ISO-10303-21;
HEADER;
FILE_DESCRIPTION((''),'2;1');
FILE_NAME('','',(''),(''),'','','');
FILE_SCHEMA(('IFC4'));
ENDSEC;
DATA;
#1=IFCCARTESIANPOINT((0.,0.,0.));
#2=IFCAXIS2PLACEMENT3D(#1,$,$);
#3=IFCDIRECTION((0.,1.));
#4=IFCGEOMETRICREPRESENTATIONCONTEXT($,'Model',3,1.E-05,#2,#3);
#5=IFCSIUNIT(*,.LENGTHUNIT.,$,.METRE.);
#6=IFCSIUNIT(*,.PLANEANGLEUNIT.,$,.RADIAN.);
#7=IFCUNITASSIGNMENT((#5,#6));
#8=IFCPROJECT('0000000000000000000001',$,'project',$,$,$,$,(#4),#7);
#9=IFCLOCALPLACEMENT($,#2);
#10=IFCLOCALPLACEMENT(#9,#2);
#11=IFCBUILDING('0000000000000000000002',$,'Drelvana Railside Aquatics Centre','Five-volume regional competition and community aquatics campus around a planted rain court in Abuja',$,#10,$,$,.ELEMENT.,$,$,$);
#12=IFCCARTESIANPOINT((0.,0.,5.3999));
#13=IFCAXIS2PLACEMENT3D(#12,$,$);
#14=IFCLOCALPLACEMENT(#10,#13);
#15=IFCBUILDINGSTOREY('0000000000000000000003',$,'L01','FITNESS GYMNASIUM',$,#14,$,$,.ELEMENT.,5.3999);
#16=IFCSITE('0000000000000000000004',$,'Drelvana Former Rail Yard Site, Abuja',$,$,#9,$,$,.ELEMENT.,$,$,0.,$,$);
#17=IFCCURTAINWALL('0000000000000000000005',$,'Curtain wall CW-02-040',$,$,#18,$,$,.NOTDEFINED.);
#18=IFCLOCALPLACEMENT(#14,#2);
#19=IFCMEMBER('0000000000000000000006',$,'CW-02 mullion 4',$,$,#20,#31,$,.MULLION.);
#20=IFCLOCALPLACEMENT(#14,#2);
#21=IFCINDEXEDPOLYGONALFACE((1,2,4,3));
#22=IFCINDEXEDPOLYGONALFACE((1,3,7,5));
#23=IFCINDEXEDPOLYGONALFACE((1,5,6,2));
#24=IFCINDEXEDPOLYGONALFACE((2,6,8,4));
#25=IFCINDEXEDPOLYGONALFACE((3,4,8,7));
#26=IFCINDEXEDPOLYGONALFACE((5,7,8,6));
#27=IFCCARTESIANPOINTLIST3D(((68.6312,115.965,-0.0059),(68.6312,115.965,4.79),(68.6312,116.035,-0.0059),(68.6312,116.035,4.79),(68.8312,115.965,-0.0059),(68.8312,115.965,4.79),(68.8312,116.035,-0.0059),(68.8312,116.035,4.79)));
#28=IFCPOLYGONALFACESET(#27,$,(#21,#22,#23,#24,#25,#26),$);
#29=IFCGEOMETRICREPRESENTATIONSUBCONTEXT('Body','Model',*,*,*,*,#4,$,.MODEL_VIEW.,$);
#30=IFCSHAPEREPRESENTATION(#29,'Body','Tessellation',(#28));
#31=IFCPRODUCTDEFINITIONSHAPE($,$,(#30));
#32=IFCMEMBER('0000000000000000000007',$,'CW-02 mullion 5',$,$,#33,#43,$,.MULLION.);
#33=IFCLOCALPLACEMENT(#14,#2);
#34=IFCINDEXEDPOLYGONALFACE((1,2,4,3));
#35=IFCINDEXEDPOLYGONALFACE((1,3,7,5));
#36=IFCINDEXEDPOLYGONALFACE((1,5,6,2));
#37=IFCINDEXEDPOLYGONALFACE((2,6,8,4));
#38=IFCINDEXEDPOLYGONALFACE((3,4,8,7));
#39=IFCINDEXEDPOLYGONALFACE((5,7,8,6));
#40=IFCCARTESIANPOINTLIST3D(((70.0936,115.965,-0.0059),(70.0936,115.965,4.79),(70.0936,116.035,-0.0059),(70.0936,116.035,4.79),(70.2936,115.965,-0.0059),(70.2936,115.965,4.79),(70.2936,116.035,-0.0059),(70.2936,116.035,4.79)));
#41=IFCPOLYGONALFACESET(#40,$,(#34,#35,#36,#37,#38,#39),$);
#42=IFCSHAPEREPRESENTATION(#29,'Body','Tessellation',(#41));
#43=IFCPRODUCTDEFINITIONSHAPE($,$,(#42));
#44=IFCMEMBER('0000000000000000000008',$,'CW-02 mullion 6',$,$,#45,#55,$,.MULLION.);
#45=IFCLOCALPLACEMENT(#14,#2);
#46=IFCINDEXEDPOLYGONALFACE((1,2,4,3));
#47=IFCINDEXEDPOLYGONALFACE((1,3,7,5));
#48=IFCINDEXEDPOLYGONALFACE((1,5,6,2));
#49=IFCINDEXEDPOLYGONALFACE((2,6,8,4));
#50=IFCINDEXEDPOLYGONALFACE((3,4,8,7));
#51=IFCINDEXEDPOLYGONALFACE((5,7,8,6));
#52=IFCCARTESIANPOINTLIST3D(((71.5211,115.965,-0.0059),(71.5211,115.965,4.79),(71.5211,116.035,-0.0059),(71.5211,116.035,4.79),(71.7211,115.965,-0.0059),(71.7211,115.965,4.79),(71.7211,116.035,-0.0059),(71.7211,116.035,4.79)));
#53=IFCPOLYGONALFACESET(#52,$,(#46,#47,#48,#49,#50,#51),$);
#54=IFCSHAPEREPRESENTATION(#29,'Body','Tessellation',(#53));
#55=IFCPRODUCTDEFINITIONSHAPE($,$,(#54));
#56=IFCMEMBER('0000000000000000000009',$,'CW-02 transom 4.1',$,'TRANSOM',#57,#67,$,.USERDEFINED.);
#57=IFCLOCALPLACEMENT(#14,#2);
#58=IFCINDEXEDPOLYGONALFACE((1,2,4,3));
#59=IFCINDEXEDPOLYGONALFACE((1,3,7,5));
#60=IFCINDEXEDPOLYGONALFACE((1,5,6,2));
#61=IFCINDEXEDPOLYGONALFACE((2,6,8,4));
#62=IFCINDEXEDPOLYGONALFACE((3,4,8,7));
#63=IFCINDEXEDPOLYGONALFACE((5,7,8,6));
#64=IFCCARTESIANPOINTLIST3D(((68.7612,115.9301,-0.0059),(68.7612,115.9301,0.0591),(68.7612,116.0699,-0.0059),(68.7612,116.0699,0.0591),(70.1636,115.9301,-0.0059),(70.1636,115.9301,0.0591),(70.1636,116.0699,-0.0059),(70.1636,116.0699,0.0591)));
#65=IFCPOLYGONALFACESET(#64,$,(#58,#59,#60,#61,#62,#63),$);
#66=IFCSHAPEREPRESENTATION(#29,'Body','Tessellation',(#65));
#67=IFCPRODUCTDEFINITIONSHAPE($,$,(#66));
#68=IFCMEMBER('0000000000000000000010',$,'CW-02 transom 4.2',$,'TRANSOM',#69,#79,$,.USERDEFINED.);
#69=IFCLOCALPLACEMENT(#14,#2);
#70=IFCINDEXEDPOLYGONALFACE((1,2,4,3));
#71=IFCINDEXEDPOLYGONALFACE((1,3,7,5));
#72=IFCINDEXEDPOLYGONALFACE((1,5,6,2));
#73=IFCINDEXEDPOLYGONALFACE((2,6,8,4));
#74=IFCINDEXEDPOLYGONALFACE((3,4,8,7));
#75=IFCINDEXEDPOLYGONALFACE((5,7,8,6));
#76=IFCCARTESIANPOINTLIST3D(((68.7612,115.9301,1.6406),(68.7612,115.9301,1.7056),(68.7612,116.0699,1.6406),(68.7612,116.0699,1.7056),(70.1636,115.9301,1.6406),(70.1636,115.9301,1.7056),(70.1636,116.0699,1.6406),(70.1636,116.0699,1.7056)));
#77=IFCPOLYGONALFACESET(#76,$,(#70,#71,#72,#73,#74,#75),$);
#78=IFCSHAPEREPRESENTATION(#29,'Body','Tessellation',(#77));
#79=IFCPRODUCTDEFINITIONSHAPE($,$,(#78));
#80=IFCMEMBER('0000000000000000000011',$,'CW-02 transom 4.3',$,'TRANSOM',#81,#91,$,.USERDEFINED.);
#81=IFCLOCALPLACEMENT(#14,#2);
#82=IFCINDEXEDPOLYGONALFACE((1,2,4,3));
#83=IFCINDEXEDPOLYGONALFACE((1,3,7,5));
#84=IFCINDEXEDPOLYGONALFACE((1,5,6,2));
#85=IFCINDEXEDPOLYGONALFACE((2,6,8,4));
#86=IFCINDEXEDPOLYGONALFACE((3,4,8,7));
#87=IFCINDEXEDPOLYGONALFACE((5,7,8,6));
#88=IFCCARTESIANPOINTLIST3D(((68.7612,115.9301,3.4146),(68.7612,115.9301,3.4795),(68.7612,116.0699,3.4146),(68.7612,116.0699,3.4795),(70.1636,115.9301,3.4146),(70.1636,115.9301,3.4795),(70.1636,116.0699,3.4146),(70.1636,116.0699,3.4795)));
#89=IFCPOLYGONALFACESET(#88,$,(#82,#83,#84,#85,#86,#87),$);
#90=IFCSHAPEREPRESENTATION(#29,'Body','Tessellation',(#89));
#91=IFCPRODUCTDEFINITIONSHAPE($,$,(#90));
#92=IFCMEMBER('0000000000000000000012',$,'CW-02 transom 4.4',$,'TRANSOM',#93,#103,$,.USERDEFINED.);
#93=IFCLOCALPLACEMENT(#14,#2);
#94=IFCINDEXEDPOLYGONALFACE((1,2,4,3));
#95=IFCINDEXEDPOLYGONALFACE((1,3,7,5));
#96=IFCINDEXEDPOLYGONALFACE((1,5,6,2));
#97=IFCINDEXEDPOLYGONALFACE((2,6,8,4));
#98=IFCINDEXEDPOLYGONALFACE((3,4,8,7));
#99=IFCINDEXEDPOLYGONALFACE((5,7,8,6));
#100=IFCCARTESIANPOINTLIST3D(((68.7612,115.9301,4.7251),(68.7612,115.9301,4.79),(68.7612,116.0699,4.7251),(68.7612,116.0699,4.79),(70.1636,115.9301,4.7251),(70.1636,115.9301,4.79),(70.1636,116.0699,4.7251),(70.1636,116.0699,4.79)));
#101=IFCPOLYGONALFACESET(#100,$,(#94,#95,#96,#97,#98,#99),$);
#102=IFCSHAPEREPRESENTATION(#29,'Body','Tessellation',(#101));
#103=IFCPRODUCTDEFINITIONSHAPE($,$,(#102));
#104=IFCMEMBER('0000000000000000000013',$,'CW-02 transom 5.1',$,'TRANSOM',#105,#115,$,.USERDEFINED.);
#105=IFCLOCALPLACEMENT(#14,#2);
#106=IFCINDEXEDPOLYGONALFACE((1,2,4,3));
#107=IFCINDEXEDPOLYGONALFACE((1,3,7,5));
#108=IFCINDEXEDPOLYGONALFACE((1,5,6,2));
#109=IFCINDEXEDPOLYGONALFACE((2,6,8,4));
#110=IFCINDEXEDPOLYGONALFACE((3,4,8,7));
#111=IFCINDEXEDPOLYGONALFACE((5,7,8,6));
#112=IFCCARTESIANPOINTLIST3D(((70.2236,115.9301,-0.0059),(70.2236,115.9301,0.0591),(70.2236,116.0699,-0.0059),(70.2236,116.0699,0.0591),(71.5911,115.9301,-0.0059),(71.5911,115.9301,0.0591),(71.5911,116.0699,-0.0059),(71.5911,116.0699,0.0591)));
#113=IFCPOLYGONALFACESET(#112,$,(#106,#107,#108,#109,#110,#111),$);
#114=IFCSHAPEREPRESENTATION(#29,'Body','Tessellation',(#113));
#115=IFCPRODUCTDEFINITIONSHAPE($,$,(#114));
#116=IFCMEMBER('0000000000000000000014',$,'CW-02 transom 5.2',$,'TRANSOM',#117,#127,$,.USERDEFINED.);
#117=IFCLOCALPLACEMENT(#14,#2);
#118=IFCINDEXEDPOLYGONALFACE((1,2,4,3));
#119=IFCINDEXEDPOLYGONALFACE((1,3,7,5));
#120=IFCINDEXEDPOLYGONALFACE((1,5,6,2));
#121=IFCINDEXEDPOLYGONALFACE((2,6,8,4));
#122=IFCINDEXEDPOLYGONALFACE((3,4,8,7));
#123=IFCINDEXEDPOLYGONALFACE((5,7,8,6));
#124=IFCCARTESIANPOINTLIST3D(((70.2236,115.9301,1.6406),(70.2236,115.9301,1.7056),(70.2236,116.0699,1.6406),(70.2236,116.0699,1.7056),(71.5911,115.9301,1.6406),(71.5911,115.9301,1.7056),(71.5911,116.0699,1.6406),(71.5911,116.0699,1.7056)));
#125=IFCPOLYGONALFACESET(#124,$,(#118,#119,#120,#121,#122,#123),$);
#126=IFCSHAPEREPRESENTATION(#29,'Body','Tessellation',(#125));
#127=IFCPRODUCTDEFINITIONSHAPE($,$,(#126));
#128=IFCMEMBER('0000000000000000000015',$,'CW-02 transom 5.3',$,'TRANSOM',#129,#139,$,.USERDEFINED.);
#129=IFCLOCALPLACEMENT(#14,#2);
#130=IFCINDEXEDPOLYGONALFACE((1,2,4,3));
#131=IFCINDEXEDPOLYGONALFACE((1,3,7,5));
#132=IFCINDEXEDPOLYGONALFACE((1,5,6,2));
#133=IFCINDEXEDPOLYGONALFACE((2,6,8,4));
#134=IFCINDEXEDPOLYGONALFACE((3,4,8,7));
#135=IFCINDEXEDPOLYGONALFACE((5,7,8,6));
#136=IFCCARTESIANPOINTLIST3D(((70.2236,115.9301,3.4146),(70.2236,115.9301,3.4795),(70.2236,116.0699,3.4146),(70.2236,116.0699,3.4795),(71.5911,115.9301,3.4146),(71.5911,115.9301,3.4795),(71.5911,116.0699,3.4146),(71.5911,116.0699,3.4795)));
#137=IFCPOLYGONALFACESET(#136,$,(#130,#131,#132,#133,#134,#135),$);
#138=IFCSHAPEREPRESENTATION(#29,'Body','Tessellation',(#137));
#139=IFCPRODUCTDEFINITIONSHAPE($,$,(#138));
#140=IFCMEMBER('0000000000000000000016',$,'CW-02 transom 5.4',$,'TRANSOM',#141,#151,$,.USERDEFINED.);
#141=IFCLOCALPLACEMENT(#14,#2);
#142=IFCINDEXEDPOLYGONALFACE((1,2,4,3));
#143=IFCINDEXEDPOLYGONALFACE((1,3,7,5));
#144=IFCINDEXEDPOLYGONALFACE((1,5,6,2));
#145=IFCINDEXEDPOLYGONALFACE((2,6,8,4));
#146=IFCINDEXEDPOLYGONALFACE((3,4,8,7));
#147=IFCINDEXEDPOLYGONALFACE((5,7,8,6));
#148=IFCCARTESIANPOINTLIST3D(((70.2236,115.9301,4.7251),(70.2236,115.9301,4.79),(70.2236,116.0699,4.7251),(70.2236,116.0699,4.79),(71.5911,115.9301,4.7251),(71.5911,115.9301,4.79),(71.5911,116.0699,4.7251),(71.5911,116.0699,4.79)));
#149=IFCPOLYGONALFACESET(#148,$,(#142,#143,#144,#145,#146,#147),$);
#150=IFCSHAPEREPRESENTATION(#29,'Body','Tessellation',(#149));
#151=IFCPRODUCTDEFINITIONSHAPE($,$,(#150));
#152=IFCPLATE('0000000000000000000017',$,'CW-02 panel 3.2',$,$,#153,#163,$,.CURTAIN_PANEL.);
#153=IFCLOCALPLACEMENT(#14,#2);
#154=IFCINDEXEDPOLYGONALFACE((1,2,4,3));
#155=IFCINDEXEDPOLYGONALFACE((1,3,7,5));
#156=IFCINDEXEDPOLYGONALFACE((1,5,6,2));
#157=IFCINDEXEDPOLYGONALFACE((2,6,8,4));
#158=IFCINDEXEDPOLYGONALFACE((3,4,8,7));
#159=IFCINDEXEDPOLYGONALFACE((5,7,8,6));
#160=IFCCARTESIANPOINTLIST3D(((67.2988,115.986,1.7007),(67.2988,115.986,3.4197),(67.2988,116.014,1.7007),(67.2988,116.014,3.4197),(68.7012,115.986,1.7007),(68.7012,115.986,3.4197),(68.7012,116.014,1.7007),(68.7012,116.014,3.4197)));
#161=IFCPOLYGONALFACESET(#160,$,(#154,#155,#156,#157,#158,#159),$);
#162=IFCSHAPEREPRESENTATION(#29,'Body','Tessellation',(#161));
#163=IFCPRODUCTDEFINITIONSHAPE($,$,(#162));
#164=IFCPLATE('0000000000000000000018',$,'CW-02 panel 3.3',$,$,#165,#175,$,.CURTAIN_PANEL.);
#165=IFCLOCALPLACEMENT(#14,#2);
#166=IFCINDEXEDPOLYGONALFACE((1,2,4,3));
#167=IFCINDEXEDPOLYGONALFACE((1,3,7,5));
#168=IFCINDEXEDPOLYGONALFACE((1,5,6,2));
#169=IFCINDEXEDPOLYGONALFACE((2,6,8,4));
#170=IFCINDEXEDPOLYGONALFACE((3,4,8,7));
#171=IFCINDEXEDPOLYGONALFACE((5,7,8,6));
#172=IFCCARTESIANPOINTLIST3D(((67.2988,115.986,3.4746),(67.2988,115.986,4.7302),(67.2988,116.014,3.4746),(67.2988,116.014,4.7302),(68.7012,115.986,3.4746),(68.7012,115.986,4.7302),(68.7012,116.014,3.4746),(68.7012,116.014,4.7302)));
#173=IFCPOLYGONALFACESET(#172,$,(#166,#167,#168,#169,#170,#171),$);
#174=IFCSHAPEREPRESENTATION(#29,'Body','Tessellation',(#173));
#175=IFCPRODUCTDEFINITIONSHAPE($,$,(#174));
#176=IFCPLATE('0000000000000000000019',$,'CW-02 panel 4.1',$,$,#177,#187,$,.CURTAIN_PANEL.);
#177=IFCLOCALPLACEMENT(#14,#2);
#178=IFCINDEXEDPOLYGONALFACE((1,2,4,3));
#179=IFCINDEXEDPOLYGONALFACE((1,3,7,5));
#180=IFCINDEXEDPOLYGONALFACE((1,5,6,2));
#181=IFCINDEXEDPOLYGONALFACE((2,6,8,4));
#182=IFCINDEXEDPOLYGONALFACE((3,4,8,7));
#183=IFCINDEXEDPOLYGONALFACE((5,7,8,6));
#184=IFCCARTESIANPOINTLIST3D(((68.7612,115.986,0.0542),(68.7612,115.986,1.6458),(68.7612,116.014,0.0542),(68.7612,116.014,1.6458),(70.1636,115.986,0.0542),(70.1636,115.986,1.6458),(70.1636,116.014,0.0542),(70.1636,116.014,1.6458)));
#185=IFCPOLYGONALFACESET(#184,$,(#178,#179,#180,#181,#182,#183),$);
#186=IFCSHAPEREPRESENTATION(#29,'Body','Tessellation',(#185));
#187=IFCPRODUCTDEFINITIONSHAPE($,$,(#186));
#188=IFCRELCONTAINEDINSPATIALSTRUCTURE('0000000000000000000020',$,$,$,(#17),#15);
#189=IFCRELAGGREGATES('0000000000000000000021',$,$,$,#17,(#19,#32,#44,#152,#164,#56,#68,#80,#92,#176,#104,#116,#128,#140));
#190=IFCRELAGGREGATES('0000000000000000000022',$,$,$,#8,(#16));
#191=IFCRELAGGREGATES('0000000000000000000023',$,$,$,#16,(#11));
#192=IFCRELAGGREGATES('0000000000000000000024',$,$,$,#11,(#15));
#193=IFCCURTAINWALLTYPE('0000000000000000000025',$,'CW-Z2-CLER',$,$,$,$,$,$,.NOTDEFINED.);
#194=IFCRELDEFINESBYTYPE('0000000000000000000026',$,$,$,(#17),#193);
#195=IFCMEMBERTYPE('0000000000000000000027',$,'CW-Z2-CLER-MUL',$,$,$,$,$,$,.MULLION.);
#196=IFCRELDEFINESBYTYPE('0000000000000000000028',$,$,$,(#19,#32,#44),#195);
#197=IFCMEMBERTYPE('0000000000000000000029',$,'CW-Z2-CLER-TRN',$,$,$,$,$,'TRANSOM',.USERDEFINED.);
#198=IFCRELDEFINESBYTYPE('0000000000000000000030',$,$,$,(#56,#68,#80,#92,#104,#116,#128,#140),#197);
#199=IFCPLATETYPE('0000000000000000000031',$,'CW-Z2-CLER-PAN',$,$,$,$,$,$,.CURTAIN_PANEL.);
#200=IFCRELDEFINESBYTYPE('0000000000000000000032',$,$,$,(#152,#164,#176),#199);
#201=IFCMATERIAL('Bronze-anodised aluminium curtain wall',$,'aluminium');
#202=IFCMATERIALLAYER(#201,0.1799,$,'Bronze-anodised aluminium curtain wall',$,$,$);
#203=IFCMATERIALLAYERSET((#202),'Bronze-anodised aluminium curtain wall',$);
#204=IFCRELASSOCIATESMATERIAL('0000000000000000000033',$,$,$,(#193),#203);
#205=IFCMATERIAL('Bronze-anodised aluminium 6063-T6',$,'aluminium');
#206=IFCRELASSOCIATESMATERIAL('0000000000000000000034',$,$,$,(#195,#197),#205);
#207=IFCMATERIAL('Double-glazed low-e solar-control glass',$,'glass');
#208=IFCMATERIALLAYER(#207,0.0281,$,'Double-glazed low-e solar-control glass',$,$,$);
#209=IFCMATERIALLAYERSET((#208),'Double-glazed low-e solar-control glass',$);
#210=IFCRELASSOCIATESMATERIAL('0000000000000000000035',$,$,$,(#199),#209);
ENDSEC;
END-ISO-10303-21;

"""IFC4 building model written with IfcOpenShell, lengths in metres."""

from ifc_helpers import new_model, si_unit, direction, frame, origin, origin_2d, place, context, subcontext, project, spatial, rectangle, extrude, material, layer, layer_set, material_profile, profile_set, type_object, element, aggregate, save


model = new_model("IFC4")

# Units and contexts
model_context = context("Model", 3, precision=1e-05, world=origin(), true_north=direction((0.0, 1.0)))
body_context = subcontext(model_context, "Body", "Model", "MODEL_VIEW")
ifc_project = project(units=[si_unit("LENGTHUNIT", "METRE"), si_unit("PLANEANGLEUNIT", "RADIAN")], contexts=[model_context])

# Site, building, storey
site_placement = place(None, origin())
site = spatial("IfcSite", under=ifc_project, at=site_placement, Name="Drelvana Former Rail Yard Site, Abuja", CompositionType="ELEMENT", RefElevation=0.0)
building_placement = place(site_placement, origin())
building = spatial("IfcBuilding", under=site, at=building_placement, Name="Drelvana Railside Aquatics Centre", Description="Five-volume regional competition and community aquatics campus around a planted rain court in Abuja", CompositionType="ELEMENT")
storey_placement = place(building_placement, frame((0.0, 0.0, 5.3999)))
storey = spatial("IfcBuildingStorey", under=building, at=storey_placement, Name="L01", Description="FITNESS GYMNASIUM", CompositionType="ELEMENT", Elevation=5.3999)

# Curtain wall, members, plates
ifc_material_1 = material(Name="Bronze-anodised aluminium curtain wall", Category="aluminium")
ifc_layer_1 = layer(ifc_material_1, 0.1799, Name="Bronze-anodised aluminium curtain wall")
ifc_layer_set_1 = layer_set([ifc_layer_1], Name="Bronze-anodised aluminium curtain wall")
curtain_wall_type = type_object("IfcCurtainWallType", Name="CW-Z2-CLER", PredefinedType="NOTDEFINED", material=ifc_layer_set_1)
curtain_wall_placement = place(storey_placement, origin())
curtain_wall = element("IfcCurtainWall", 1, at=curtain_wall_placement, inside=storey, type_object=curtain_wall_type, Name="Curtain wall CW-02-040", PredefinedType="NOTDEFINED")
ifc_material_2 = material(Name="Bronze-anodised aluminium 6063-T6", Category="aluminium")
ifc_material_profile_1 = material_profile(ifc_material_2, rectangle(XDim=0.0701, YDim=0.2, at=origin_2d()), Name="ALU-M 70x200")
ifc_profile_set_1 = profile_set([ifc_material_profile_1], Name="Bronze-anodised aluminium 6063-T6")
member_type_1 = type_object("IfcMemberType", Name="CW-Z2-CLER-MUL", PredefinedType="MULLION", material=ifc_profile_set_1)
member_1_placement = place(storey_placement, frame((68.7312, 116.0, -0.0059), z_axis=(0.0, 0.0, 1.0), x_axis=(0.0, 1.0, 0.0)))
member_1 = element("IfcMember", 2, at=member_1_placement, type_object=member_type_1, Name="CW-02 mullion 4", PredefinedType="MULLION", context=body_context, shape_type="SweptSolid", body=[
    extrude(rectangle(XDim=0.0701, YDim=0.2, at=origin_2d()), origin(), (0.0, 0.0, 1.0), 4.7959),
])
member_2_placement = place(storey_placement, frame((70.1936, 116.0, -0.0059), z_axis=(0.0, 0.0, 1.0), x_axis=(0.0, 1.0, 0.0)))
member_2 = element("IfcMember", 3, at=member_2_placement, type_object=member_type_1, Name="CW-02 mullion 5", PredefinedType="MULLION", context=body_context, shape_type="SweptSolid", body=[
    extrude(rectangle(XDim=0.0701, YDim=0.2, at=origin_2d()), origin(), (0.0, 0.0, 1.0), 4.7959),
])
member_3_placement = place(storey_placement, frame((71.6211, 116.0, -0.0059), z_axis=(0.0, 0.0, 1.0), x_axis=(0.0, 1.0, 0.0)))
member_3 = element("IfcMember", 4, at=member_3_placement, type_object=member_type_1, Name="CW-02 mullion 6", PredefinedType="MULLION", context=body_context, shape_type="SweptSolid", body=[
    extrude(rectangle(XDim=0.0701, YDim=0.2, at=origin_2d()), origin(), (0.0, 0.0, 1.0), 4.7959),
])
ifc_material_profile_2 = material_profile(ifc_material_2, rectangle(XDim=0.1399, YDim=0.0649, at=origin_2d()), Name="ALU-T 65x140")
ifc_profile_set_2 = profile_set([ifc_material_profile_2], Name="Bronze-anodised aluminium 6063-T6")
member_type_2 = type_object("IfcMemberType", Name="CW-Z2-CLER-TRN", ElementType="TRANSOM", PredefinedType="USERDEFINED", material=ifc_profile_set_2)
member_4_placement = place(storey_placement, frame((68.7612, 116.0, 0.0266), z_axis=(1.0, 0.0, 0.0), x_axis=(0.0, 1.0, 0.0)))
member_4 = element("IfcMember", 5, at=member_4_placement, type_object=member_type_2, Name="CW-02 transom 4.1", ObjectType="TRANSOM", PredefinedType="USERDEFINED", context=body_context, shape_type="SweptSolid", body=[
    extrude(rectangle(XDim=0.1399, YDim=0.0649, at=origin_2d()), origin(), (0.0, 0.0, 1.0), 1.4023),
])
member_5_placement = place(storey_placement, frame((68.7612, 116.0, 1.6731), z_axis=(1.0, 0.0, 0.0), x_axis=(0.0, 1.0, 0.0)))
member_5 = element("IfcMember", 6, at=member_5_placement, type_object=member_type_2, Name="CW-02 transom 4.2", ObjectType="TRANSOM", PredefinedType="USERDEFINED", context=body_context, shape_type="SweptSolid", body=[
    extrude(rectangle(XDim=0.1399, YDim=0.0649, at=origin_2d()), origin(), (0.0, 0.0, 1.0), 1.4023),
])
member_6_placement = place(storey_placement, frame((68.7612, 116.0, 3.447), z_axis=(1.0, 0.0, 0.0), x_axis=(0.0, 1.0, 0.0)))
member_6 = element("IfcMember", 7, at=member_6_placement, type_object=member_type_2, Name="CW-02 transom 4.3", ObjectType="TRANSOM", PredefinedType="USERDEFINED", context=body_context, shape_type="SweptSolid", body=[
    extrude(rectangle(XDim=0.1399, YDim=0.0649, at=origin_2d()), origin(), (0.0, 0.0, 1.0), 1.4023),
])
member_7_placement = place(storey_placement, frame((68.7612, 116.0, 4.7576), z_axis=(1.0, 0.0, 0.0), x_axis=(0.0, 1.0, 0.0)))
member_7 = element("IfcMember", 8, at=member_7_placement, type_object=member_type_2, Name="CW-02 transom 4.4", ObjectType="TRANSOM", PredefinedType="USERDEFINED", context=body_context, shape_type="SweptSolid", body=[
    extrude(rectangle(XDim=0.1399, YDim=0.0649, at=origin_2d()), origin(), (0.0, 0.0, 1.0), 1.4023),
])
member_8_placement = place(storey_placement, frame((70.2236, 116.0, 0.0266), z_axis=(1.0, 0.0, 0.0), x_axis=(0.0, 1.0, 0.0)))
member_8 = element("IfcMember", 9, at=member_8_placement, type_object=member_type_2, Name="CW-02 transom 5.1", ObjectType="TRANSOM", PredefinedType="USERDEFINED", context=body_context, shape_type="SweptSolid", body=[
    extrude(rectangle(XDim=0.1399, YDim=0.0649, at=origin_2d()), origin(), (0.0, 0.0, 1.0), 1.3674),
])
member_9_placement = place(storey_placement, frame((70.2236, 116.0, 1.6731), z_axis=(1.0, 0.0, 0.0), x_axis=(0.0, 1.0, 0.0)))
member_9 = element("IfcMember", 10, at=member_9_placement, type_object=member_type_2, Name="CW-02 transom 5.2", ObjectType="TRANSOM", PredefinedType="USERDEFINED", context=body_context, shape_type="SweptSolid", body=[
    extrude(rectangle(XDim=0.1399, YDim=0.0649, at=origin_2d()), origin(), (0.0, 0.0, 1.0), 1.3674),
])
member_10_placement = place(storey_placement, frame((70.2236, 116.0, 3.447), z_axis=(1.0, 0.0, 0.0), x_axis=(0.0, 1.0, 0.0)))
member_10 = element("IfcMember", 11, at=member_10_placement, type_object=member_type_2, Name="CW-02 transom 5.3", ObjectType="TRANSOM", PredefinedType="USERDEFINED", context=body_context, shape_type="SweptSolid", body=[
    extrude(rectangle(XDim=0.1399, YDim=0.0649, at=origin_2d()), origin(), (0.0, 0.0, 1.0), 1.3674),
])
member_11_placement = place(storey_placement, frame((70.2236, 116.0, 4.7576), z_axis=(1.0, 0.0, 0.0), x_axis=(0.0, 1.0, 0.0)))
member_11 = element("IfcMember", 12, at=member_11_placement, type_object=member_type_2, Name="CW-02 transom 5.4", ObjectType="TRANSOM", PredefinedType="USERDEFINED", context=body_context, shape_type="SweptSolid", body=[
    extrude(rectangle(XDim=0.1399, YDim=0.0649, at=origin_2d()), origin(), (0.0, 0.0, 1.0), 1.3674),
])
ifc_material_3 = material(Name="Double-glazed low-e solar-control glass", Category="glass")
ifc_layer_2 = layer(ifc_material_3, 0.0281, Name="Double-glazed low-e solar-control glass")
ifc_layer_set_2 = layer_set([ifc_layer_2], Name="Double-glazed low-e solar-control glass")
plate_type = type_object("IfcPlateType", Name="CW-Z2-CLER-PAN", PredefinedType="CURTAIN_PANEL", material=ifc_layer_set_2)
plate_1_placement = place(storey_placement, frame((68.0, 116.0, 1.7007), z_axis=(0.0, 0.0, 1.0), x_axis=(1.0, 0.0, 0.0)))
plate_1 = element("IfcPlate", 13, at=plate_1_placement, type_object=plate_type, Name="CW-02 panel 3.2", PredefinedType="CURTAIN_PANEL", context=body_context, shape_type="SweptSolid", body=[
    extrude(rectangle(XDim=1.4023, YDim=0.0281, at=origin_2d()), origin(), (0.0, 0.0, 1.0), 1.719),
])
plate_2_placement = place(storey_placement, frame((68.0, 116.0, 3.4746), z_axis=(0.0, 0.0, 1.0), x_axis=(1.0, 0.0, 0.0)))
plate_2 = element("IfcPlate", 14, at=plate_2_placement, type_object=plate_type, Name="CW-02 panel 3.3", PredefinedType="CURTAIN_PANEL", context=body_context, shape_type="SweptSolid", body=[
    extrude(rectangle(XDim=1.4023, YDim=0.0281, at=origin_2d()), origin(), (0.0, 0.0, 1.0), 1.2556),
])
plate_3_placement = place(storey_placement, frame((69.4624, 116.0, 0.0542), z_axis=(0.0, 0.0, 1.0), x_axis=(1.0, 0.0, 0.0)))
plate_3 = element("IfcPlate", 15, at=plate_3_placement, type_object=plate_type, Name="CW-02 panel 4.1", PredefinedType="CURTAIN_PANEL", context=body_context, shape_type="SweptSolid", body=[
    extrude(rectangle(XDim=1.4023, YDim=0.0281, at=origin_2d()), origin(), (0.0, 0.0, 1.0), 1.5916),
])
aggregate(curtain_wall, [member_1, member_2, member_3, plate_1, plate_2, member_4, member_5, member_6, member_7, plate_3, member_8, member_9, member_10, member_11])

save(model, "model.ifc")
